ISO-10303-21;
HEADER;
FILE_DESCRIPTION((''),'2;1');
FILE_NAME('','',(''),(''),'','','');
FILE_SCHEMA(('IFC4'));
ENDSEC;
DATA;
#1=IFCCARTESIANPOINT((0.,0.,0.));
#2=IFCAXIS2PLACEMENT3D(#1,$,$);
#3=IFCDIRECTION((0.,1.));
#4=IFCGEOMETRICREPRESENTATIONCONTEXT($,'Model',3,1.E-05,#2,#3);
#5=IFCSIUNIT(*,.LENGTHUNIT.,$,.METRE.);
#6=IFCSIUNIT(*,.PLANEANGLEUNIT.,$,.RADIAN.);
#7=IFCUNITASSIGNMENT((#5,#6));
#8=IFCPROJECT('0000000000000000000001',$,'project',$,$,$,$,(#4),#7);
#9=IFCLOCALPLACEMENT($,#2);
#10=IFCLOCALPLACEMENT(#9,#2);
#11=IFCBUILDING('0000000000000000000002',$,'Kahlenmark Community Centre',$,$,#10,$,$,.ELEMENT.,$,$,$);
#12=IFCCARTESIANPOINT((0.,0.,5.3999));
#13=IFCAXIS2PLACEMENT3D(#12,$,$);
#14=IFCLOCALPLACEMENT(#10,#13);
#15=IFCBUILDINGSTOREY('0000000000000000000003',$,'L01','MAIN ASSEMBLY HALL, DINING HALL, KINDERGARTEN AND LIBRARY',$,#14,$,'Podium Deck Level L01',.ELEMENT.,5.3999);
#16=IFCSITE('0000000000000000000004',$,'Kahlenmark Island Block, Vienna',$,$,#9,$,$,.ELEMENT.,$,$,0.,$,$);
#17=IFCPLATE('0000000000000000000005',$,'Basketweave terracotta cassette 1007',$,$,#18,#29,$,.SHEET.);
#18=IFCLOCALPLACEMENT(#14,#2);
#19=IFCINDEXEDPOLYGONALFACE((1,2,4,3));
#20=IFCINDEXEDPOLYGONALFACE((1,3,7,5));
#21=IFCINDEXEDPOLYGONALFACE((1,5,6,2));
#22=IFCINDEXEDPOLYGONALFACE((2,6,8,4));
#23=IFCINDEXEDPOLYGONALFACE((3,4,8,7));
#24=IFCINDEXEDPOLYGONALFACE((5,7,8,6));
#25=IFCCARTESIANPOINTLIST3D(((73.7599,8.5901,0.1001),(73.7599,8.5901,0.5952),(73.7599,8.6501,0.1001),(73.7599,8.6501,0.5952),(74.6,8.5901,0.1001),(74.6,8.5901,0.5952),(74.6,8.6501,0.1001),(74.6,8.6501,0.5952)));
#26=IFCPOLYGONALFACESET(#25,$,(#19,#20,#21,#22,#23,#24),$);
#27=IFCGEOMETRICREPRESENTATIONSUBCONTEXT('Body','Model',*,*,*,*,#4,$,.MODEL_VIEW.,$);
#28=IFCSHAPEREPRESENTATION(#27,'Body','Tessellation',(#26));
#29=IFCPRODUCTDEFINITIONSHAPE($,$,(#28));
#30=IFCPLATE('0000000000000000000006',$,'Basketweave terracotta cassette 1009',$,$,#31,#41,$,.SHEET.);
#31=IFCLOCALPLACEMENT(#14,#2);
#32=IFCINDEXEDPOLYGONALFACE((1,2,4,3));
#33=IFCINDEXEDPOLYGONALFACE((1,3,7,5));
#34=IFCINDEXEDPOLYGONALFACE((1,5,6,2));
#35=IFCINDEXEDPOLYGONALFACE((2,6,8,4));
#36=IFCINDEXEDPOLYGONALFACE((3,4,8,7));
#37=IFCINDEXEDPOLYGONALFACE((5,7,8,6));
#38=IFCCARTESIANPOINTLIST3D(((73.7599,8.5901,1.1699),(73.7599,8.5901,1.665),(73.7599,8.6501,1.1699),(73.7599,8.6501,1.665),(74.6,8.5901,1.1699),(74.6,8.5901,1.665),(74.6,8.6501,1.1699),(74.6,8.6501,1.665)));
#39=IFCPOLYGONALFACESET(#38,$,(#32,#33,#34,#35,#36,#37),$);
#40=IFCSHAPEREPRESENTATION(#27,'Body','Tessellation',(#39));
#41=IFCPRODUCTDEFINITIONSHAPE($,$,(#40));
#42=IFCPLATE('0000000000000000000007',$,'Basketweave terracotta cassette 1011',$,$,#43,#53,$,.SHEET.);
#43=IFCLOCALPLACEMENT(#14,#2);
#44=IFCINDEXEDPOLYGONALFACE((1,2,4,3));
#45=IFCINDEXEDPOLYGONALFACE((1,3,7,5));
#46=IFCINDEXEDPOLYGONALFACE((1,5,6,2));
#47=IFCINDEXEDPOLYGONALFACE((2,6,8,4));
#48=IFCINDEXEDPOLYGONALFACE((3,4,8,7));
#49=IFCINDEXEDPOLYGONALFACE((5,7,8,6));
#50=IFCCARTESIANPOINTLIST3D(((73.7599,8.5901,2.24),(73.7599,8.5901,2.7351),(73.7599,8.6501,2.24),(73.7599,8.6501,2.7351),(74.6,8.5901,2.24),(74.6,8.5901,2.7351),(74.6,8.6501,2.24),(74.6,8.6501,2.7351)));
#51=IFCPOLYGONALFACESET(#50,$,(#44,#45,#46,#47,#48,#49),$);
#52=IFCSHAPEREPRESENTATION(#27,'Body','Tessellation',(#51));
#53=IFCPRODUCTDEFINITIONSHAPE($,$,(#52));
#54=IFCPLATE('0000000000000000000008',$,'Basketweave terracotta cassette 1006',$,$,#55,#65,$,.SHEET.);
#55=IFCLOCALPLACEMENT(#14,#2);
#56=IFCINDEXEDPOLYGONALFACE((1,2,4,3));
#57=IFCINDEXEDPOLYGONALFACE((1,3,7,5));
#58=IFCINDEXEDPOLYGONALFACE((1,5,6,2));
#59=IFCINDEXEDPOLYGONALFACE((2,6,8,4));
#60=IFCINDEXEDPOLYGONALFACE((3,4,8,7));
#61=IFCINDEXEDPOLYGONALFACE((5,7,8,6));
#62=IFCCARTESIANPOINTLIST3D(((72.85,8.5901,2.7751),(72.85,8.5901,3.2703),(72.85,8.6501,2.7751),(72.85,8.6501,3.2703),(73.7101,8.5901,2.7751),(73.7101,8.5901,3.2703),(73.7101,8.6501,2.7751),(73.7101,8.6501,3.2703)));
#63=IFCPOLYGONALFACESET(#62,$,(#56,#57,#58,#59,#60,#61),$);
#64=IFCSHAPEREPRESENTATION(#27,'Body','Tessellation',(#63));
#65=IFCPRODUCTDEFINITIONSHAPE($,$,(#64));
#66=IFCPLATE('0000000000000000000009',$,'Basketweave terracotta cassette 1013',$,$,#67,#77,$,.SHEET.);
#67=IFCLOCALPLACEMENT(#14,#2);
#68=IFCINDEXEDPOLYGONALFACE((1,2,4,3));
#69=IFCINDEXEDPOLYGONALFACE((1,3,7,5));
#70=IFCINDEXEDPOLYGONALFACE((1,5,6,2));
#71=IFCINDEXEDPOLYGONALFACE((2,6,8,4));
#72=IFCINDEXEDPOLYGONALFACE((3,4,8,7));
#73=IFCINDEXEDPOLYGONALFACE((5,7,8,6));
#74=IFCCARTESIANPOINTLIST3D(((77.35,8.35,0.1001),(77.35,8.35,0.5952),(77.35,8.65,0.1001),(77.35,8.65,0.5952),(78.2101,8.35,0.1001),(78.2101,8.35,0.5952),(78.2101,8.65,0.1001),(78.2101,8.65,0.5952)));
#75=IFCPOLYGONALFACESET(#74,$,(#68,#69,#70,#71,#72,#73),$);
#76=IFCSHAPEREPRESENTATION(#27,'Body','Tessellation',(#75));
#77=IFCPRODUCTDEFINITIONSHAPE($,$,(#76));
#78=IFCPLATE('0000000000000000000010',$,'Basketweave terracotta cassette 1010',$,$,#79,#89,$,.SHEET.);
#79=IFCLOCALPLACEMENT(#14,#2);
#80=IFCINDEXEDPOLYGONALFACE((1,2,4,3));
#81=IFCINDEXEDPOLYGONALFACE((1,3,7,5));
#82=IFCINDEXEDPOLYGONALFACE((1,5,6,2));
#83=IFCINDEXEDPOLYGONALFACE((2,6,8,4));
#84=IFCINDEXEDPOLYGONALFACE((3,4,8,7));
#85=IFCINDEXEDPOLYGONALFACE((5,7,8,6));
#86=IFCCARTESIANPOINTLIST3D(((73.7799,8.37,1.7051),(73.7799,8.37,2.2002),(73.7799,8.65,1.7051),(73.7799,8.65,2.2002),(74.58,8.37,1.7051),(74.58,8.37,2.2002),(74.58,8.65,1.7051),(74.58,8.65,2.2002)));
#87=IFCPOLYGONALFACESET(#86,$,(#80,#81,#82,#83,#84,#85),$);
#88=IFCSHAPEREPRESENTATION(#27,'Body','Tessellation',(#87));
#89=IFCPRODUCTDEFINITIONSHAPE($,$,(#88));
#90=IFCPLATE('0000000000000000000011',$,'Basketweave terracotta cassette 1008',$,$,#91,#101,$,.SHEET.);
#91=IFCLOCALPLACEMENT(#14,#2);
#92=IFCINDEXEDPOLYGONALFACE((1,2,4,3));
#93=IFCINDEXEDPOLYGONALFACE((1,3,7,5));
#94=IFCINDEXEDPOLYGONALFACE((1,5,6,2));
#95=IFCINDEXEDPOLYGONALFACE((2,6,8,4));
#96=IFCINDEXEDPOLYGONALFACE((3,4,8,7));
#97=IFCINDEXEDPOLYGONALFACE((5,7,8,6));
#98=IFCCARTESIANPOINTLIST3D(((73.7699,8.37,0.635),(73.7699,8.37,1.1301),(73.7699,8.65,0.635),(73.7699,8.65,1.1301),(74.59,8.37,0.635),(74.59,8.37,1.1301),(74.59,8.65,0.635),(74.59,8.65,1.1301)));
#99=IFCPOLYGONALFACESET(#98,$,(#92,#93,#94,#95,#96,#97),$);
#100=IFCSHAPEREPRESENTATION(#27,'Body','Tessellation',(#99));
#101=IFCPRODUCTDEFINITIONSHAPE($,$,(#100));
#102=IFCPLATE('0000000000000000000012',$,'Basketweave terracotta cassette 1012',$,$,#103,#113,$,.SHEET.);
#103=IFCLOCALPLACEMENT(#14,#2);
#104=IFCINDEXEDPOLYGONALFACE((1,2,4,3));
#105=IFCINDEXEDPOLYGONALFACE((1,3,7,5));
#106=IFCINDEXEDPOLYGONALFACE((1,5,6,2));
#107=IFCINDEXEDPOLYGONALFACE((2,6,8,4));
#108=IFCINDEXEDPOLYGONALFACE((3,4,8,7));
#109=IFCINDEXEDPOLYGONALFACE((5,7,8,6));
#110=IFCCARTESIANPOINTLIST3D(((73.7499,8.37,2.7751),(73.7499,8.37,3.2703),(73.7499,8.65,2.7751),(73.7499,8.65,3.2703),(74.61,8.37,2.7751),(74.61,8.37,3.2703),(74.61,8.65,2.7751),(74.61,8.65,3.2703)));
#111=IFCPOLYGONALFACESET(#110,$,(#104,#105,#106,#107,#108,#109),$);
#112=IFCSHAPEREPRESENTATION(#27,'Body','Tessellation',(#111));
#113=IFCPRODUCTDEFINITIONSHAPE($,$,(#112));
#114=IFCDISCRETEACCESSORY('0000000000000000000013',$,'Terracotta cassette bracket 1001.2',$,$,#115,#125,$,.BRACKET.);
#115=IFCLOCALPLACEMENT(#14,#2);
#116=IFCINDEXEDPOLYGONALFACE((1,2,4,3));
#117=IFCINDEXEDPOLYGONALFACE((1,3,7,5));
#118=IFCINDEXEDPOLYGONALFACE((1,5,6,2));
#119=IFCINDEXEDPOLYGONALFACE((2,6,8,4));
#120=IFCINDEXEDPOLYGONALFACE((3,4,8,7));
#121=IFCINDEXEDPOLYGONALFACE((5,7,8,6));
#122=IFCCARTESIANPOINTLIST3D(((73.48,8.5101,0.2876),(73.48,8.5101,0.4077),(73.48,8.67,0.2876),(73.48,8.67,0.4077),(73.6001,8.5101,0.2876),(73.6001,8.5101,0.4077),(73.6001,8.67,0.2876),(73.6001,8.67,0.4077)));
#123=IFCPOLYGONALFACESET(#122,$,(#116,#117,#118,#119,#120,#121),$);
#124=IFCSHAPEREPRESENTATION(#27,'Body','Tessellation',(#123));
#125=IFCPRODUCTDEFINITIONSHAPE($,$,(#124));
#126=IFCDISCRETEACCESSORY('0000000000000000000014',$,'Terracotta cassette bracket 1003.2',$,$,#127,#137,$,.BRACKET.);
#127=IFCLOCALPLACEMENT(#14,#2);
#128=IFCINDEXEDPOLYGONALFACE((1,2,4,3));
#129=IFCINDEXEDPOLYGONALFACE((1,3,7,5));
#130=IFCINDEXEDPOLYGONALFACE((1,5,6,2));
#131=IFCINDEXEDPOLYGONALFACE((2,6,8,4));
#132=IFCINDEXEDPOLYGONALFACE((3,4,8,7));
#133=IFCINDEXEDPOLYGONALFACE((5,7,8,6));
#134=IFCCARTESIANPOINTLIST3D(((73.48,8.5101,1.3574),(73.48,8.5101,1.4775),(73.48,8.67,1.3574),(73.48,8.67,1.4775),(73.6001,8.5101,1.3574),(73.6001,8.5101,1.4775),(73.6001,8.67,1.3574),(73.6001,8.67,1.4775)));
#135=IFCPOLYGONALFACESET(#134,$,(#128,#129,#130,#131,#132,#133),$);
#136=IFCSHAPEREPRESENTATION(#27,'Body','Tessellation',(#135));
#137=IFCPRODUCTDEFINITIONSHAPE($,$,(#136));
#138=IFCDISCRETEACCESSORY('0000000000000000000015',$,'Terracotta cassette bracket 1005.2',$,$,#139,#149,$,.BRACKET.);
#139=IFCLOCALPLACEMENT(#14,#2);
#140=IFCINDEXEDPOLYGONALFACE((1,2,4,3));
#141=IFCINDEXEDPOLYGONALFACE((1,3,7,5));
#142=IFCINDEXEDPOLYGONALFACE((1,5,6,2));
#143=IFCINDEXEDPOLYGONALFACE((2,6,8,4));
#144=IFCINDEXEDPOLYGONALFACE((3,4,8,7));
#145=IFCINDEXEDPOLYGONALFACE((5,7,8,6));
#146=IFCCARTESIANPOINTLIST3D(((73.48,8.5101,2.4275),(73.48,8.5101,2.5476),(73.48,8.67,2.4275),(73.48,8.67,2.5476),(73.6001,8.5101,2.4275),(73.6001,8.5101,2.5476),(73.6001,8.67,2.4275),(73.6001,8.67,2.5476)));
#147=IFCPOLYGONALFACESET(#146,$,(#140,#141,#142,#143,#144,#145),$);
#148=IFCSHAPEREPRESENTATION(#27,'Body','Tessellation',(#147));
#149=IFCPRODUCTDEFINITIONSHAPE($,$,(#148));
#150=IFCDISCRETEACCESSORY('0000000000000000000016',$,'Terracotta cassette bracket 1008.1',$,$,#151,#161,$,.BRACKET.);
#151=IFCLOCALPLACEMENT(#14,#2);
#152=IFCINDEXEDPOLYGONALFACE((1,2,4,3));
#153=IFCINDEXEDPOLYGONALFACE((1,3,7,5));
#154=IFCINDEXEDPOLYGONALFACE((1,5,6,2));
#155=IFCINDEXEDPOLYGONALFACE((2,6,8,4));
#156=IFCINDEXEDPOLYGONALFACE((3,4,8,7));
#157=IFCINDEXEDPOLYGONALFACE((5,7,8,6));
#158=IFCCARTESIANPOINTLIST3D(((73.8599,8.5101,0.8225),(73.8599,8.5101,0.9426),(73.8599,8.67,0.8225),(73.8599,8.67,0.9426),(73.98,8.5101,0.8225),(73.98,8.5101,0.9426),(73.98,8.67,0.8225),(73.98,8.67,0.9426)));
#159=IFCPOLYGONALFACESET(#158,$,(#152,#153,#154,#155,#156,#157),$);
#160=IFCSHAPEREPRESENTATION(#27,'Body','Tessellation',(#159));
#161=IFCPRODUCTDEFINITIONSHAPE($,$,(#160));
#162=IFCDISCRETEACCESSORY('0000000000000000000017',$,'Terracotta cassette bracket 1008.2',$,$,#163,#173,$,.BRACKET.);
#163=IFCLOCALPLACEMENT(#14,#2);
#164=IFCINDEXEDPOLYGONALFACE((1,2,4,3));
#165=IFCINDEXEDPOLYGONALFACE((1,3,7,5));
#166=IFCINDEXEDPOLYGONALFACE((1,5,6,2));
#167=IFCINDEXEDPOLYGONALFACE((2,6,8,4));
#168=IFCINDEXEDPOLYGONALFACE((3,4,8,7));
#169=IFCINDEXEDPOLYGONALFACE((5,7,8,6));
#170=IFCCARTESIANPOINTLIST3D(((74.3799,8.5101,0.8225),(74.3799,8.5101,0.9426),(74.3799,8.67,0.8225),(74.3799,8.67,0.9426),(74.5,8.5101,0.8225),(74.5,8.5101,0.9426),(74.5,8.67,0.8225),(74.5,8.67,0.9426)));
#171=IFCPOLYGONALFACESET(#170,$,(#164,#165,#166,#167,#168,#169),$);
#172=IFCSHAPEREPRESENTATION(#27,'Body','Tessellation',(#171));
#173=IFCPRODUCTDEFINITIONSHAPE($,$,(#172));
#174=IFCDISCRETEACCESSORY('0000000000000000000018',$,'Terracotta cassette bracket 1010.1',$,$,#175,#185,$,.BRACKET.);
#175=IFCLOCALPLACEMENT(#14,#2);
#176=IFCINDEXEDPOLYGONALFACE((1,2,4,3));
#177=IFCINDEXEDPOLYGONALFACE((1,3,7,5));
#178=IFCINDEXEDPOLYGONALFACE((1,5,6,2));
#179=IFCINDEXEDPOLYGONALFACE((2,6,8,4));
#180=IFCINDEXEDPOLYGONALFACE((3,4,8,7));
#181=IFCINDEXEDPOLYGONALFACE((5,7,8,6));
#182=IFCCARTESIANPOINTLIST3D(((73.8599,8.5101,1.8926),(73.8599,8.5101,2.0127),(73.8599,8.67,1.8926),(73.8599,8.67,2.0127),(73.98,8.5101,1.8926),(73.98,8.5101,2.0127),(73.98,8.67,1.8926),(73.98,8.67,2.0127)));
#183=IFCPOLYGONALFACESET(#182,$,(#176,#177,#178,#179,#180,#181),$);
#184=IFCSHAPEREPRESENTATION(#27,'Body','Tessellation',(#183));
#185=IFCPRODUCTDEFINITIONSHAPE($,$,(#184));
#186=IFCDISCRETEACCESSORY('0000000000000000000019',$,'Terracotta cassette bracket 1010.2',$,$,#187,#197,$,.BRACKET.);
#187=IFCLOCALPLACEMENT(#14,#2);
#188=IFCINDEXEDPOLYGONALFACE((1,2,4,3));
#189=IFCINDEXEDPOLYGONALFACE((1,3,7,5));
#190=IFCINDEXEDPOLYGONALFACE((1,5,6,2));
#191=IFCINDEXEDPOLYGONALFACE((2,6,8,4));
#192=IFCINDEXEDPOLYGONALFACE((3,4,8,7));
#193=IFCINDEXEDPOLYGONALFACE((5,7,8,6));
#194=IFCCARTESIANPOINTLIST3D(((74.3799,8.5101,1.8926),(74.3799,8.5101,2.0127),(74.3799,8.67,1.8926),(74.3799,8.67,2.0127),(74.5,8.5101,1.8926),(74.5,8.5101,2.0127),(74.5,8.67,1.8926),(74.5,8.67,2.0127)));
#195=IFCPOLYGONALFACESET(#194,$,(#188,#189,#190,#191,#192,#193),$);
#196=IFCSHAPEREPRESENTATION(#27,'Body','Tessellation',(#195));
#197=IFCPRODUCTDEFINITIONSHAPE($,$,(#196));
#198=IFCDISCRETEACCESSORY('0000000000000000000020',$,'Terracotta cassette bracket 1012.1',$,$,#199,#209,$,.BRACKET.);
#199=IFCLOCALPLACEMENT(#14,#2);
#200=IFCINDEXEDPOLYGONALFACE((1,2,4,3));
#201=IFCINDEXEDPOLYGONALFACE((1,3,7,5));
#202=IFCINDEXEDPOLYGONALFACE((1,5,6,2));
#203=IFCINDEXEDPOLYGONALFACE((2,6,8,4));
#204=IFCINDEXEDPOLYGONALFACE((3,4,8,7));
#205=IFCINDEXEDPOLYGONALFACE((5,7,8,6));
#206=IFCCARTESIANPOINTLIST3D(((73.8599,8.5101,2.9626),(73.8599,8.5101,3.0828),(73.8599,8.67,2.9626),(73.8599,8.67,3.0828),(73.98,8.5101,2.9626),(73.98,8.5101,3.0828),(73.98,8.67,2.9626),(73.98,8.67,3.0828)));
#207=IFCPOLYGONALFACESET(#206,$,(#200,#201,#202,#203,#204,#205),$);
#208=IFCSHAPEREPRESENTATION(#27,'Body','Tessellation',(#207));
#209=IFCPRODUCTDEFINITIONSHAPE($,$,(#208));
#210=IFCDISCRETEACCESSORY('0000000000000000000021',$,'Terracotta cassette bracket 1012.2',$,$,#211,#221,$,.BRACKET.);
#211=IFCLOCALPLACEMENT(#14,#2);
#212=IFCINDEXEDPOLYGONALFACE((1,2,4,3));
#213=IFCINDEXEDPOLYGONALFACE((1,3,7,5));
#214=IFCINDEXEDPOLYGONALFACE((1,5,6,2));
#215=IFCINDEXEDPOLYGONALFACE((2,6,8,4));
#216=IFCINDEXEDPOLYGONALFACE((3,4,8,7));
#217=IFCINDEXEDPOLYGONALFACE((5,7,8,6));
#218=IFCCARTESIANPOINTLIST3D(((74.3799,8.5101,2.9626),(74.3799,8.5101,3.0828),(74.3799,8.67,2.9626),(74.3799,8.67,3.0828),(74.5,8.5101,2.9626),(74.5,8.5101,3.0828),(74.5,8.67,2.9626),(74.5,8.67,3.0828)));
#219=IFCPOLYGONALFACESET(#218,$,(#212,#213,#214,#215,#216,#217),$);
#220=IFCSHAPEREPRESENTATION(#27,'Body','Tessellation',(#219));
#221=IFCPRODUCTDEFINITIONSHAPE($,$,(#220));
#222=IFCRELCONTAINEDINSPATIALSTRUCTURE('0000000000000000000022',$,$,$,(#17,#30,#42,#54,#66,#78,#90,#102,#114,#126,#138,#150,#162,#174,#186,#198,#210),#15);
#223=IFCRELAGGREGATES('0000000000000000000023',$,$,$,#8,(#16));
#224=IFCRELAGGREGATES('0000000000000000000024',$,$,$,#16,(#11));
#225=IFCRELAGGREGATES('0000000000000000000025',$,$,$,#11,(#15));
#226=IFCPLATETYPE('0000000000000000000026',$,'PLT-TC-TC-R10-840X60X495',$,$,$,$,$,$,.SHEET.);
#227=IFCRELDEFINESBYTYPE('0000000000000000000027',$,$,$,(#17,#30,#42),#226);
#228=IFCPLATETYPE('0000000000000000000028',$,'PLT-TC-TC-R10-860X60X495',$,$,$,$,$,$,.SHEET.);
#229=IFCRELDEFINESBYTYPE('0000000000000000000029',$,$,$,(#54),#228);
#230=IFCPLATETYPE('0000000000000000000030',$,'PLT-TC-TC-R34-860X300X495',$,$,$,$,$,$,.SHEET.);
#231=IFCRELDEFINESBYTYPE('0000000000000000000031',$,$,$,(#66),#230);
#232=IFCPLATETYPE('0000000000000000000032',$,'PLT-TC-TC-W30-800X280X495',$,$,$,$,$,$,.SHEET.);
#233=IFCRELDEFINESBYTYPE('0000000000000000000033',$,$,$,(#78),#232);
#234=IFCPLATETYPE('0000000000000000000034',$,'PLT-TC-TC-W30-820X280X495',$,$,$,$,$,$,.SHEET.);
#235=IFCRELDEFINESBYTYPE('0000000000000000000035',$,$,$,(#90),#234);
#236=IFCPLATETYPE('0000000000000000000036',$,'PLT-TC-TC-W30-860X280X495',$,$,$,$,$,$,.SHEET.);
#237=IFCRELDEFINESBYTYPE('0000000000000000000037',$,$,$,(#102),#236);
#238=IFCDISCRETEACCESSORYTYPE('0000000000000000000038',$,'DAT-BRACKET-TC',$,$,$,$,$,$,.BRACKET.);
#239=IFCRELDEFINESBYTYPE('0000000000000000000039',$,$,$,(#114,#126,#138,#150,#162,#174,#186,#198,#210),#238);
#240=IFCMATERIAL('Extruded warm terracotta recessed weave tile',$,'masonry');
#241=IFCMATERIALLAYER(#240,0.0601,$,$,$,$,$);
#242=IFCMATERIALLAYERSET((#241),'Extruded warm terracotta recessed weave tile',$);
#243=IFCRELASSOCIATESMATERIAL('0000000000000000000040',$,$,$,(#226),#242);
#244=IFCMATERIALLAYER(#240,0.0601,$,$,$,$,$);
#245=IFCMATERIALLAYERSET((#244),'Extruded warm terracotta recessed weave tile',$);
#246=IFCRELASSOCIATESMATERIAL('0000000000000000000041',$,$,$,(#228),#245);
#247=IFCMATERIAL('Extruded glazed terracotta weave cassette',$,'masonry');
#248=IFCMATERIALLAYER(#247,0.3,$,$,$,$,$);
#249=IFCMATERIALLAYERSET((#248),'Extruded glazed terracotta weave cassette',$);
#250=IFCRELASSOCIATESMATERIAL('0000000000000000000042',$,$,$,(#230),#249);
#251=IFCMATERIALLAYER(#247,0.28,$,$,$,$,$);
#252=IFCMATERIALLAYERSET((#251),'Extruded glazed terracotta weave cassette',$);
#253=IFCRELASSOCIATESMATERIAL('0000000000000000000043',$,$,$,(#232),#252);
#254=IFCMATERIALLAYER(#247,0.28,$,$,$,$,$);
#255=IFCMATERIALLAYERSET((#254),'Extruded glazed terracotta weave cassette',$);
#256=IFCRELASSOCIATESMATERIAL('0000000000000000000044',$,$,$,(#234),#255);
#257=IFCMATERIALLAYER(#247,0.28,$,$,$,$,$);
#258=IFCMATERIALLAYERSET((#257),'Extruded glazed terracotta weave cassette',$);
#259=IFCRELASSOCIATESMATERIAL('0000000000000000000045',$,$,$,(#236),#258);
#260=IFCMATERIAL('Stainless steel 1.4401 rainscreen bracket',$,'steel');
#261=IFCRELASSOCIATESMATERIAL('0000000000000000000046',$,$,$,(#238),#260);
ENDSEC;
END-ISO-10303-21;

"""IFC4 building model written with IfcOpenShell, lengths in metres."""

from ifc_helpers import new_model, si_unit, direction, frame, origin, origin_2d, place, context, subcontext, project, spatial, rectangle, extrude, material, layer, layer_set, type_object, element, save


model = new_model("IFC4")

# Units and contexts
model_context = context("Model", 3, precision=1e-05, world=origin(), true_north=direction((0.0, 1.0)))
body_context = subcontext(model_context, "Body", "Model", "MODEL_VIEW")
ifc_project = project(units=[si_unit("LENGTHUNIT", "METRE"), si_unit("PLANEANGLEUNIT", "RADIAN")], contexts=[model_context])

# Site, building, storey
site_placement = place(None, origin())
site = spatial("IfcSite", under=ifc_project, at=site_placement, Name="Kahlenmark Island Block, Vienna", CompositionType="ELEMENT", RefElevation=0.0)
building_placement = place(site_placement, origin())
building = spatial("IfcBuilding", under=site, at=building_placement, Name="Kahlenmark Community Centre", CompositionType="ELEMENT")
storey_placement = place(building_placement, frame((0.0, 0.0, 5.3999)))
storey = spatial("IfcBuildingStorey", under=building, at=storey_placement, Name="L01", Description="MAIN ASSEMBLY HALL, DINING HALL, KINDERGARTEN AND LIBRARY", LongName="Podium Deck Level L01", CompositionType="ELEMENT", Elevation=5.3999)

# Plates
ifc_material_1 = material(Name="Extruded warm terracotta recessed weave tile", Category="masonry")
ifc_layer_1 = layer(ifc_material_1, 0.0601)
ifc_layer_set_1 = layer_set([ifc_layer_1], Name="Extruded warm terracotta recessed weave tile")
plate_type_1 = type_object("IfcPlateType", Name="PLT-TC-TC-R10-840X60X495", PredefinedType="SHEET", material=ifc_layer_set_1)
for number, where, z_axis, x_axis, name in (
    (1, (74.1799, 8.6201, 0.1001), (0.0, 0.0, 1.0), (1.0, 0.0, 0.0), "Basketweave terracotta cassette 1007"),
    (2, (74.1799, 8.6201, 1.1699), (0.0, 0.0, 1.0), (1.0, 0.0, 0.0), "Basketweave terracotta cassette 1009"),
    (3, (74.1799, 8.6201, 2.24), (0.0, 0.0, 1.0), (1.0, 0.0, 0.0), "Basketweave terracotta cassette 1011"),
):
    element("IfcPlate", number, at=place(storey_placement, frame(where, z_axis=z_axis, x_axis=x_axis)), inside=storey, type_object=plate_type_1, Name=name, PredefinedType="SHEET", context=body_context, shape_type="SweptSolid", body=[
        extrude(rectangle(XDim=0.8401, YDim=0.0601, at=origin_2d()), origin(), (0.0, 0.0, 1.0), 0.4951),
    ])
ifc_layer_2 = layer(ifc_material_1, 0.0601)
ifc_layer_set_2 = layer_set([ifc_layer_2], Name="Extruded warm terracotta recessed weave tile")
plate_type_2 = type_object("IfcPlateType", Name="PLT-TC-TC-R10-860X60X495", PredefinedType="SHEET", material=ifc_layer_set_2)
plate_1_placement = place(storey_placement, frame((73.28, 8.6201, 2.7751), z_axis=(0.0, 0.0, 1.0), x_axis=(1.0, 0.0, 0.0)))
element("IfcPlate", 4, at=plate_1_placement, inside=storey, type_object=plate_type_2, Name="Basketweave terracotta cassette 1006", PredefinedType="SHEET", context=body_context, shape_type="SweptSolid", body=[
    extrude(rectangle(XDim=0.8601, YDim=0.0601, at=origin_2d()), origin(), (0.0, 0.0, 1.0), 0.4951),
])
ifc_material_2 = material(Name="Extruded glazed terracotta weave cassette", Category="masonry")
ifc_layer_3 = layer(ifc_material_2, 0.3)
ifc_layer_set_3 = layer_set([ifc_layer_3], Name="Extruded glazed terracotta weave cassette")
plate_type_3 = type_object("IfcPlateType", Name="PLT-TC-TC-R34-860X300X495", PredefinedType="SHEET", material=ifc_layer_set_3)
plate_2_placement = place(storey_placement, frame((77.78, 8.5, 0.1001), z_axis=(0.0, 0.0, 1.0), x_axis=(1.0, 0.0, 0.0)))
element("IfcPlate", 5, at=plate_2_placement, inside=storey, type_object=plate_type_3, Name="Basketweave terracotta cassette 1013", PredefinedType="SHEET", context=body_context, shape_type="SweptSolid", body=[
    extrude(rectangle(XDim=0.8601, YDim=0.3, at=origin_2d()), origin(), (0.0, 0.0, 1.0), 0.4951),
])
ifc_layer_4 = layer(ifc_material_2, 0.28)
ifc_layer_set_4 = layer_set([ifc_layer_4], Name="Extruded glazed terracotta weave cassette")
plate_type_4 = type_object("IfcPlateType", Name="PLT-TC-TC-W30-800X280X495", PredefinedType="SHEET", material=ifc_layer_set_4)
plate_3_placement = place(storey_placement, frame((74.1799, 8.51, 1.7051), z_axis=(0.0, 0.0, 1.0), x_axis=(1.0, 0.0, 0.0)))
element("IfcPlate", 6, at=plate_3_placement, inside=storey, type_object=plate_type_4, Name="Basketweave terracotta cassette 1010", PredefinedType="SHEET", context=body_context, shape_type="SweptSolid", body=[
    extrude(rectangle(XDim=0.8, YDim=0.28, at=origin_2d()), origin(), (0.0, 0.0, 1.0), 0.4951),
])
ifc_layer_5 = layer(ifc_material_2, 0.28)
ifc_layer_set_5 = layer_set([ifc_layer_5], Name="Extruded glazed terracotta weave cassette")
plate_type_5 = type_object("IfcPlateType", Name="PLT-TC-TC-W30-820X280X495", PredefinedType="SHEET", material=ifc_layer_set_5)
plate_4_placement = place(storey_placement, frame((74.1799, 8.51, 0.635), z_axis=(0.0, 0.0, 1.0), x_axis=(1.0, 0.0, 0.0)))
element("IfcPlate", 7, at=plate_4_placement, inside=storey, type_object=plate_type_5, Name="Basketweave terracotta cassette 1008", PredefinedType="SHEET", context=body_context, shape_type="SweptSolid", body=[
    extrude(rectangle(XDim=0.8201, YDim=0.28, at=origin_2d()), origin(), (0.0, 0.0, 1.0), 0.4951),
])
ifc_layer_6 = layer(ifc_material_2, 0.28)
ifc_layer_set_6 = layer_set([ifc_layer_6], Name="Extruded glazed terracotta weave cassette")
plate_type_6 = type_object("IfcPlateType", Name="PLT-TC-TC-W30-860X280X495", PredefinedType="SHEET", material=ifc_layer_set_6)
plate_5_placement = place(storey_placement, frame((74.1799, 8.51, 2.7751), z_axis=(0.0, 0.0, 1.0), x_axis=(1.0, 0.0, 0.0)))
element("IfcPlate", 8, at=plate_5_placement, inside=storey, type_object=plate_type_6, Name="Basketweave terracotta cassette 1012", PredefinedType="SHEET", context=body_context, shape_type="SweptSolid", body=[
    extrude(rectangle(XDim=0.8601, YDim=0.28, at=origin_2d()), origin(), (0.0, 0.0, 1.0), 0.4951),
])

# Discrete accessories
ifc_material_3 = material(Name="Stainless steel 1.4401 rainscreen bracket", Category="steel")
discrete_accessory_type = type_object("IfcDiscreteAccessoryType", Name="DAT-BRACKET-TC", PredefinedType="BRACKET", material=ifc_material_3)
for number, where, z_axis, x_axis, name in (
    (9, (73.54, 8.5901, 0.2876), (0.0, 0.0, 1.0), (1.0, 0.0, 0.0), "Terracotta cassette bracket 1001.2"),
    (10, (73.54, 8.5901, 1.3574), (0.0, 0.0, 1.0), (1.0, 0.0, 0.0), "Terracotta cassette bracket 1003.2"),
    (11, (73.54, 8.5901, 2.4275), (0.0, 0.0, 1.0), (1.0, 0.0, 0.0), "Terracotta cassette bracket 1005.2"),
    (12, (73.9199, 8.5901, 0.8225), (0.0, 0.0, 1.0), (1.0, 0.0, 0.0), "Terracotta cassette bracket 1008.1"),
    (13, (74.4399, 8.5901, 0.8225), (0.0, 0.0, 1.0), (1.0, 0.0, 0.0), "Terracotta cassette bracket 1008.2"),
    (14, (73.9199, 8.5901, 1.8926), (0.0, 0.0, 1.0), (1.0, 0.0, 0.0), "Terracotta cassette bracket 1010.1"),
    (15, (74.4399, 8.5901, 1.8926), (0.0, 0.0, 1.0), (1.0, 0.0, 0.0), "Terracotta cassette bracket 1010.2"),
    (16, (73.9199, 8.5901, 2.9626), (0.0, 0.0, 1.0), (1.0, 0.0, 0.0), "Terracotta cassette bracket 1012.1"),
    (17, (74.4399, 8.5901, 2.9626), (0.0, 0.0, 1.0), (1.0, 0.0, 0.0), "Terracotta cassette bracket 1012.2"),
):
    element("IfcDiscreteAccessory", number, at=place(storey_placement, frame(where, z_axis=z_axis, x_axis=x_axis)), inside=storey, type_object=discrete_accessory_type, Name=name, PredefinedType="BRACKET", context=body_context, shape_type="SweptSolid", body=[
        extrude(rectangle(XDim=0.1201, YDim=0.1599, at=origin_2d()), origin(), (0.0, 0.0, 1.0), 0.1201),
    ])

save(model, "model.ifc")
